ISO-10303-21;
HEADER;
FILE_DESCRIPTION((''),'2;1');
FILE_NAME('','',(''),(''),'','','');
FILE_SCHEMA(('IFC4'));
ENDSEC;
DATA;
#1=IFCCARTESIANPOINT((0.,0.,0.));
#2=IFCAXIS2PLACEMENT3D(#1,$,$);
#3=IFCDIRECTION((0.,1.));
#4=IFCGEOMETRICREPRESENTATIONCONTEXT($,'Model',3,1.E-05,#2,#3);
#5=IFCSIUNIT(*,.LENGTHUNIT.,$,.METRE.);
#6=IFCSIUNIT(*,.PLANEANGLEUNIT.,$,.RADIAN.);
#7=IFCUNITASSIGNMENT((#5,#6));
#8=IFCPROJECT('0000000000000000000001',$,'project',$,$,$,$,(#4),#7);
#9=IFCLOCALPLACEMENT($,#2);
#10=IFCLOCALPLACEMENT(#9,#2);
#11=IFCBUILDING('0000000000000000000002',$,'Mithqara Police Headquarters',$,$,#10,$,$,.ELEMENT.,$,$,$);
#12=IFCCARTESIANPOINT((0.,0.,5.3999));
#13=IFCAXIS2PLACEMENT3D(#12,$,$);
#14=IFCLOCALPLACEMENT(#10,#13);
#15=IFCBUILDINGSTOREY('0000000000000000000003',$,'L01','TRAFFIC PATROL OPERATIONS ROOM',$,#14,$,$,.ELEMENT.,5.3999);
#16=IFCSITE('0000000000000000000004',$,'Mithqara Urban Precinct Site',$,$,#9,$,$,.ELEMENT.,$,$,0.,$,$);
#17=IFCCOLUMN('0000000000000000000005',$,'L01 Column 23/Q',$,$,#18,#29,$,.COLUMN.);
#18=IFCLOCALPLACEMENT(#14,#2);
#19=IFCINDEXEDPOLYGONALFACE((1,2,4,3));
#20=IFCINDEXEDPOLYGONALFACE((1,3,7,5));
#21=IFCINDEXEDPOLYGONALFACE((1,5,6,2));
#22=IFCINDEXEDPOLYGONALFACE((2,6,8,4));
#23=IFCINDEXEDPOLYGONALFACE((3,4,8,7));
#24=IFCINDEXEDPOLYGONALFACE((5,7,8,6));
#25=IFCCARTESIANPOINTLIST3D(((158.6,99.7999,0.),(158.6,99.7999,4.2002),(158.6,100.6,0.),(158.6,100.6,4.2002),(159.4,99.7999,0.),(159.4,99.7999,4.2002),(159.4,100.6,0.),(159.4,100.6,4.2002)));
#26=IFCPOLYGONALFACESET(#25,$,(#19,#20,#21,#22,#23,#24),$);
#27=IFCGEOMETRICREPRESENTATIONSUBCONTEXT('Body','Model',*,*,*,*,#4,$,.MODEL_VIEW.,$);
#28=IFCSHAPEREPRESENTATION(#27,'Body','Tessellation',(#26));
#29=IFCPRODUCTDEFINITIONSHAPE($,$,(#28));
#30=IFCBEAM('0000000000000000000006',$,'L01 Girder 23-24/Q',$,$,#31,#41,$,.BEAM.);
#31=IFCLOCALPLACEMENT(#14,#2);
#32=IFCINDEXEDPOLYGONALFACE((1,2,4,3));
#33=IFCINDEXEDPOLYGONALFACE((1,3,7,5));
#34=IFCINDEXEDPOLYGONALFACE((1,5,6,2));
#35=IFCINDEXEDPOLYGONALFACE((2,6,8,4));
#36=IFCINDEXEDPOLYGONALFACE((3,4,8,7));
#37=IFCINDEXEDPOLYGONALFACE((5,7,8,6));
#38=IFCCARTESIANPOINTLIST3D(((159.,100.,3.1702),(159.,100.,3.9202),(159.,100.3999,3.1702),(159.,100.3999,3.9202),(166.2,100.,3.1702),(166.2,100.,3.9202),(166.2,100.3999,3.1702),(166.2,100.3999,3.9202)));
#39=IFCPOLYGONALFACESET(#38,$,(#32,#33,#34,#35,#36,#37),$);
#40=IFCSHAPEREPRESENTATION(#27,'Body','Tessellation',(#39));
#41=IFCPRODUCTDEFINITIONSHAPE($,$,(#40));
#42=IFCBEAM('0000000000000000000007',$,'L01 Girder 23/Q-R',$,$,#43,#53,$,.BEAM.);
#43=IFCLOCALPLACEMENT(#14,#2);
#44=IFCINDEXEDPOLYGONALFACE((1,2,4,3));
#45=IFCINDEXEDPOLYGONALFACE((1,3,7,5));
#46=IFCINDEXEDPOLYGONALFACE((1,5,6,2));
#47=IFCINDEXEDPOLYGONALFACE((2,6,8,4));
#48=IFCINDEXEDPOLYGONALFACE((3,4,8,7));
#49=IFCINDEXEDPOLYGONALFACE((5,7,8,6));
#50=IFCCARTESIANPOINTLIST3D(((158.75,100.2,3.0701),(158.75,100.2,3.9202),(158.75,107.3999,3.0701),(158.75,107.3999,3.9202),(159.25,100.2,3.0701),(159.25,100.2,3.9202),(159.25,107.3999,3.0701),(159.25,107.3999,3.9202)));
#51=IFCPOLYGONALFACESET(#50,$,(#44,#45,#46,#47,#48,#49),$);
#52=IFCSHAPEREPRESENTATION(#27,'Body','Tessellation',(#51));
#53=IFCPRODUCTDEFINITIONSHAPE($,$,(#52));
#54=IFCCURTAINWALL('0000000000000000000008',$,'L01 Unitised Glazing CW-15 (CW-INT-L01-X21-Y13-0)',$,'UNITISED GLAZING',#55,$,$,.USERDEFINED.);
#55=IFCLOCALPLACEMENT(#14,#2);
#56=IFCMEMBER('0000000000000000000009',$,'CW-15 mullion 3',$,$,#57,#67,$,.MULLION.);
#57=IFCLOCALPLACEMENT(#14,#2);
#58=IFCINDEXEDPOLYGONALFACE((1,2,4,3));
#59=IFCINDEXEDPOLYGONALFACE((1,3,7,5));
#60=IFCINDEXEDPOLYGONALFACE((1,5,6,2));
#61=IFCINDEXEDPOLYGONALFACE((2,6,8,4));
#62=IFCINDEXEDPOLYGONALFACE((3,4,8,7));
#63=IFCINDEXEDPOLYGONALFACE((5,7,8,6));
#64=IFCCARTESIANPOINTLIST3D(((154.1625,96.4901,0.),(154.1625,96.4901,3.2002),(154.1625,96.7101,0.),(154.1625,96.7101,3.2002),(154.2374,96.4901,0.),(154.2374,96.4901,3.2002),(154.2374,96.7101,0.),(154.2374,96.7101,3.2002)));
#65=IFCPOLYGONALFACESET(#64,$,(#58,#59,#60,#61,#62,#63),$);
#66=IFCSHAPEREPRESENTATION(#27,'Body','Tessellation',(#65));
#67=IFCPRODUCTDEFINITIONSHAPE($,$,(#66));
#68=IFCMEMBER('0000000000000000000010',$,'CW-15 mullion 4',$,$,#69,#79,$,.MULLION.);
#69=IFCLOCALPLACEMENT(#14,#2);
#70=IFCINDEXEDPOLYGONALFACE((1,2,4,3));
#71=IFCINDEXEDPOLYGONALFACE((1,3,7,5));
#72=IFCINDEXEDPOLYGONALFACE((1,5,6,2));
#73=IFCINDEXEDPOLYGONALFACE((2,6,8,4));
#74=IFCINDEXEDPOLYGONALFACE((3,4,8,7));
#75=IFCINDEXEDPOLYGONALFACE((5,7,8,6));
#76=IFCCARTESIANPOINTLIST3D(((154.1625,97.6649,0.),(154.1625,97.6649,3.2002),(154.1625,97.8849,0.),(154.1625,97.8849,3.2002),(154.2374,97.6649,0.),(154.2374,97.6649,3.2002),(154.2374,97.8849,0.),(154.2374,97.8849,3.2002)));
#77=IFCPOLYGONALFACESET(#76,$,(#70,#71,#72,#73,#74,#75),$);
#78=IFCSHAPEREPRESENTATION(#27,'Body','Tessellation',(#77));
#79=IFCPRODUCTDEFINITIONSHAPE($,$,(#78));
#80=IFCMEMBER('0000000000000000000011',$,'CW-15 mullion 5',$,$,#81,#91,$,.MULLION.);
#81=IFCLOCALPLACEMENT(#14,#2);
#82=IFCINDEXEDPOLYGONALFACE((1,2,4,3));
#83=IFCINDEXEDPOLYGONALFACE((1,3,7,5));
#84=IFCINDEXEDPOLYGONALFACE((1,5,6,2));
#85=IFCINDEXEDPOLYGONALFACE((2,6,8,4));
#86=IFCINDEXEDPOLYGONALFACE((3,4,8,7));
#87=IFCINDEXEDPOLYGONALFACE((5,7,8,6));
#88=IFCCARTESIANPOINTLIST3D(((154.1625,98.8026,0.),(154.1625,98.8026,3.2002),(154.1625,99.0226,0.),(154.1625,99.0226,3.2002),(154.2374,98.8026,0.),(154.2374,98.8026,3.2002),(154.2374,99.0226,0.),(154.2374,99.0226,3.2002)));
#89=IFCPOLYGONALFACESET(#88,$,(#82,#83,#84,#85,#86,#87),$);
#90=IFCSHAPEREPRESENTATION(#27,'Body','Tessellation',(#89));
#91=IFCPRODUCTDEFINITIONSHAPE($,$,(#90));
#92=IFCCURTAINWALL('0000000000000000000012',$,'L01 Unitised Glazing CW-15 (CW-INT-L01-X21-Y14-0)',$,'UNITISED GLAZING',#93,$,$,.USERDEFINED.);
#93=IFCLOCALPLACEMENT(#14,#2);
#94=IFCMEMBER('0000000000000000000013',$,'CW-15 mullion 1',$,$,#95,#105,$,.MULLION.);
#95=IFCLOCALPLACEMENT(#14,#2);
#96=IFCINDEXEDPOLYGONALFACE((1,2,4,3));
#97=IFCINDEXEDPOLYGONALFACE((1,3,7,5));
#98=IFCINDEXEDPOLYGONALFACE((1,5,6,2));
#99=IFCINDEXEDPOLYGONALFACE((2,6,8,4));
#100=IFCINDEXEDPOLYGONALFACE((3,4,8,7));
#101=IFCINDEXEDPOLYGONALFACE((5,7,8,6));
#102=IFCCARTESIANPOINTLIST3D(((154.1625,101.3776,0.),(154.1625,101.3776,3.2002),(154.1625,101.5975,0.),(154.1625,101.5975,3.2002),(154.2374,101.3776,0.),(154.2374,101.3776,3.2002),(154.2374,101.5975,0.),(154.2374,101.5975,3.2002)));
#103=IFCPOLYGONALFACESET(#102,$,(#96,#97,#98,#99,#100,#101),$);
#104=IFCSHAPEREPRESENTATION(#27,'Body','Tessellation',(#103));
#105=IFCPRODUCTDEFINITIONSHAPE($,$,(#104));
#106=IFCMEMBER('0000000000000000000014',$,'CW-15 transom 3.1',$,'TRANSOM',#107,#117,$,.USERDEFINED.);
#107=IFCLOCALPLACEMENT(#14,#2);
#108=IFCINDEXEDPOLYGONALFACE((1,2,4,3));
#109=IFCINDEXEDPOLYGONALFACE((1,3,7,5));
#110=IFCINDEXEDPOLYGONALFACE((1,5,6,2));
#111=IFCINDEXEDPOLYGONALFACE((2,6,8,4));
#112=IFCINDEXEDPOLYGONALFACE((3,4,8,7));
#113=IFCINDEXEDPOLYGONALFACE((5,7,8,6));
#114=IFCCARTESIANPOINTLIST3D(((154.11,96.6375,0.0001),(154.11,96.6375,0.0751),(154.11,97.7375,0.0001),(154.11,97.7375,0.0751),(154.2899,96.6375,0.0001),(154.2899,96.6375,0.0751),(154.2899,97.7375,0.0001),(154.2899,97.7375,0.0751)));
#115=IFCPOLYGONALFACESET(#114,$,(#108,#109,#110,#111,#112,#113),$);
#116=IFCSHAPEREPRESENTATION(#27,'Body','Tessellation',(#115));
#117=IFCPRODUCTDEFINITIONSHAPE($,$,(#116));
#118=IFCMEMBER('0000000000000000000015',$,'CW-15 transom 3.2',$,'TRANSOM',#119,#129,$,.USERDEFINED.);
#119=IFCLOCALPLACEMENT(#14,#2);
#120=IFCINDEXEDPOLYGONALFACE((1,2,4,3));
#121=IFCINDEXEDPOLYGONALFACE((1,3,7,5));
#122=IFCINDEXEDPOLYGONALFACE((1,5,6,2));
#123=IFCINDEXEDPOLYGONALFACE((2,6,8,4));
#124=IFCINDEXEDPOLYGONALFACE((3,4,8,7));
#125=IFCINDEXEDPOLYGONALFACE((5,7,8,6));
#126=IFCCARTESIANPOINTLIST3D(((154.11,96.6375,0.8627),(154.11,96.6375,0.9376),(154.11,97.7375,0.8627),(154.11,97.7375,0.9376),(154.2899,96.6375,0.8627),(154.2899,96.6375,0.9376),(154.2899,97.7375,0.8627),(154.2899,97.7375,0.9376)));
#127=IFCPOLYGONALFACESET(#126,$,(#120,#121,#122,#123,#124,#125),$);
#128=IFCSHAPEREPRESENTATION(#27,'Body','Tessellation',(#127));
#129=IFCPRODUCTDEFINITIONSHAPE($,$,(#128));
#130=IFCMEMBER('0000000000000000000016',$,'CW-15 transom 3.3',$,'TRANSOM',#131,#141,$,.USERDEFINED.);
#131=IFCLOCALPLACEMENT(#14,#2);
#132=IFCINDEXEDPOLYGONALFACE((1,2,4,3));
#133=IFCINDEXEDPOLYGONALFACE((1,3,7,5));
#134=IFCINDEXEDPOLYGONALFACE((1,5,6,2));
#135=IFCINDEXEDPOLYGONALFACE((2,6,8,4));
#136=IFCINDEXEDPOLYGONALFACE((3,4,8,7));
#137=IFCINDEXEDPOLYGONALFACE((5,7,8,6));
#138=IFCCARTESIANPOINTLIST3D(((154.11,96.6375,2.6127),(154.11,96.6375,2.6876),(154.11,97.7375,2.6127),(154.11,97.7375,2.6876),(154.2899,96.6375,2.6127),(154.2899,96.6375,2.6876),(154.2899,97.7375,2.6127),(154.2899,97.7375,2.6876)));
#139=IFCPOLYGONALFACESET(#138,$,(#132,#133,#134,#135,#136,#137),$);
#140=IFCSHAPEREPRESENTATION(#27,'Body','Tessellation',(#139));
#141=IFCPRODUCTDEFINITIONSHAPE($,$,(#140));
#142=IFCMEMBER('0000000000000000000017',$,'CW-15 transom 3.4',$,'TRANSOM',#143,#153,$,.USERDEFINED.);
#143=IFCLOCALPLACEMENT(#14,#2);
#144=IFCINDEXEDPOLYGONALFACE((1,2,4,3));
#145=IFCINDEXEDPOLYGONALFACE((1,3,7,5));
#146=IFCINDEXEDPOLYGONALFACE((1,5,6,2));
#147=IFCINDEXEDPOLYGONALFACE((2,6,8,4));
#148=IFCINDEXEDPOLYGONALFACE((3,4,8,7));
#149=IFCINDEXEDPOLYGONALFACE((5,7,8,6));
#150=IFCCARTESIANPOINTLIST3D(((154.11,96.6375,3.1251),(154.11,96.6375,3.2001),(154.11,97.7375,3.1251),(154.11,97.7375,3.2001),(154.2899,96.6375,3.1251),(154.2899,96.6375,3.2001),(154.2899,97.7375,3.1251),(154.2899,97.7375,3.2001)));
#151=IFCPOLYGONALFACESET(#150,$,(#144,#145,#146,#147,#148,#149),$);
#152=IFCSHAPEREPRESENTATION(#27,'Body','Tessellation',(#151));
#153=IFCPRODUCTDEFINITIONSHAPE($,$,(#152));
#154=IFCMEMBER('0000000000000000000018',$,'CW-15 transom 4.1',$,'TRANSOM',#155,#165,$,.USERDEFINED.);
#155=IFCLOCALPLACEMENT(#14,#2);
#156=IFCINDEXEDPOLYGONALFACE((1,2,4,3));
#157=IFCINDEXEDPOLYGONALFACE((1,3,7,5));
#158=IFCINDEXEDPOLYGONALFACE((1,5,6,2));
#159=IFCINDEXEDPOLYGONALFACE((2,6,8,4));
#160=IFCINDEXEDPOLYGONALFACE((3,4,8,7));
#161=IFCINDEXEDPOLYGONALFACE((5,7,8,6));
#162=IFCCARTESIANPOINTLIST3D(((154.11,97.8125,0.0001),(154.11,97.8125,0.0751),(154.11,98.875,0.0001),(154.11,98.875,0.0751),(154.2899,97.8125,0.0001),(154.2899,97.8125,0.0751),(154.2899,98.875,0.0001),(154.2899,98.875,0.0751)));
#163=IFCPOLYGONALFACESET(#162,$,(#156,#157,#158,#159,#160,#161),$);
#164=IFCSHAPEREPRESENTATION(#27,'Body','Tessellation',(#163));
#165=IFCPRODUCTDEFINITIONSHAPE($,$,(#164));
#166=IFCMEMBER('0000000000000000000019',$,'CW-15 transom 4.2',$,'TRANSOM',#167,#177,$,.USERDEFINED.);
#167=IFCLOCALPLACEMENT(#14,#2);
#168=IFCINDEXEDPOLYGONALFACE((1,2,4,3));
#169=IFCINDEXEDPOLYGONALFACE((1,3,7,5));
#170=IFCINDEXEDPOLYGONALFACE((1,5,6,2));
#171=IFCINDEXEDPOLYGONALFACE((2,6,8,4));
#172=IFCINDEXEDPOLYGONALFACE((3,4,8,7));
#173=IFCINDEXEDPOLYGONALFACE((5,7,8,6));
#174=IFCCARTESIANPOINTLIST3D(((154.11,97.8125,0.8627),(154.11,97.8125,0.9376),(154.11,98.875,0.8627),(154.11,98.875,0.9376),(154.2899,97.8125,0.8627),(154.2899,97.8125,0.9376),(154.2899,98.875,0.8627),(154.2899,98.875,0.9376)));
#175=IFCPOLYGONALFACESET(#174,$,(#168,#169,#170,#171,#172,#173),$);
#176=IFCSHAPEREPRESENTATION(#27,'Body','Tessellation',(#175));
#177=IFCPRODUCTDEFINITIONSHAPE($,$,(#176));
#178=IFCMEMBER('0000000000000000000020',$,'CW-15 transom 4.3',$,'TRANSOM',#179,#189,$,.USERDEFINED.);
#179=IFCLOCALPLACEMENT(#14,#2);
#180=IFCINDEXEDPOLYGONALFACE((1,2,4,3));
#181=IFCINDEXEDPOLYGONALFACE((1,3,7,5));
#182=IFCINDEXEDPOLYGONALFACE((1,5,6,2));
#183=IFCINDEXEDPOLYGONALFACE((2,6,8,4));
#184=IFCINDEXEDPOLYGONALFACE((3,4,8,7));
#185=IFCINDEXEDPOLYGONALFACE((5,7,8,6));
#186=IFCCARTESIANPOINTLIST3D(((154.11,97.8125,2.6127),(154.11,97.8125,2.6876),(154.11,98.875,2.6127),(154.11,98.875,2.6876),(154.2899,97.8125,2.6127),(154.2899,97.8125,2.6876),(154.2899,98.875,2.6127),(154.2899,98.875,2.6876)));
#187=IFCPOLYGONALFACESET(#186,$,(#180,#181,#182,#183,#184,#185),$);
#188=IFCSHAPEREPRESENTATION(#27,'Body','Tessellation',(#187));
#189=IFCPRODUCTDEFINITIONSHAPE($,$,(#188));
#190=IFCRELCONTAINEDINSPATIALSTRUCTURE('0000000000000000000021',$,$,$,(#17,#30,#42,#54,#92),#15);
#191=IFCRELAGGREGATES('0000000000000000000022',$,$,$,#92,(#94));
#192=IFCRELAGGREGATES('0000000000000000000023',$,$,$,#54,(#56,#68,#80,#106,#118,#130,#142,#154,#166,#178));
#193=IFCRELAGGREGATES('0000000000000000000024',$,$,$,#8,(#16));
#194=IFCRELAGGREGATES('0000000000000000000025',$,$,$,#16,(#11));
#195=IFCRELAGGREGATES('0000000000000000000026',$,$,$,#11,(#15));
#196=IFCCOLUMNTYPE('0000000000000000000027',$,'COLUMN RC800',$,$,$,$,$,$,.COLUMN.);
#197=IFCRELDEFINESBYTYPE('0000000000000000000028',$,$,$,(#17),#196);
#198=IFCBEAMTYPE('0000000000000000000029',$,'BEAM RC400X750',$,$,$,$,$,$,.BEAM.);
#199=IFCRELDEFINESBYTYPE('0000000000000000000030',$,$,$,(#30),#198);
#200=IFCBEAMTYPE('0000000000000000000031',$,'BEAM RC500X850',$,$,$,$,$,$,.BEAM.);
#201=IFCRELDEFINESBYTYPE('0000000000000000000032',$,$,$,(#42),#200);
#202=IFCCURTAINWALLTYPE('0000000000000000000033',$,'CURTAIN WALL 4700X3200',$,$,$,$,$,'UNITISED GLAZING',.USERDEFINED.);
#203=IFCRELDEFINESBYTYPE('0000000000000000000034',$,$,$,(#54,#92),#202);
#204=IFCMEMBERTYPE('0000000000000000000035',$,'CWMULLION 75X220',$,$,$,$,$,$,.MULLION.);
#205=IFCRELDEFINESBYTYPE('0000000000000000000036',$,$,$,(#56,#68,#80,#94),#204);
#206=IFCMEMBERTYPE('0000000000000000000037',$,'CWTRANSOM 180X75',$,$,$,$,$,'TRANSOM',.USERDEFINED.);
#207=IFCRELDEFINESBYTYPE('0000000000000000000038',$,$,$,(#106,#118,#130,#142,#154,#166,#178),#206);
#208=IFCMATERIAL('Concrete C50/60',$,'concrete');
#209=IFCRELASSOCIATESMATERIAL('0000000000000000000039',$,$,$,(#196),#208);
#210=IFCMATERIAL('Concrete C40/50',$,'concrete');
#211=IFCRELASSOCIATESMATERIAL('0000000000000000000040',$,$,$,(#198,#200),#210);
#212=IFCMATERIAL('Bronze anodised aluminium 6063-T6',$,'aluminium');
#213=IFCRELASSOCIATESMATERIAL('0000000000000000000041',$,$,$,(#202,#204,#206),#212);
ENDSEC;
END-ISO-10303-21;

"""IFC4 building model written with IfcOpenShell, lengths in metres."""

from ifc_helpers import new_model, si_unit, direction, frame, origin, origin_2d, place, context, subcontext, project, spatial, rectangle, extrude, material, material_profile, profile_set, type_object, element, aggregate, save


model = new_model("IFC4")

# Units and contexts
model_context = context("Model", 3, precision=1e-05, world=origin(), true_north=direction((0.0, 1.0)))
body_context = subcontext(model_context, "Body", "Model", "MODEL_VIEW")
ifc_project = project(units=[si_unit("LENGTHUNIT", "METRE"), si_unit("PLANEANGLEUNIT", "RADIAN")], contexts=[model_context])

# Site, building, storey
site_placement = place(None, origin())
site = spatial("IfcSite", under=ifc_project, at=site_placement, Name="Mithqara Urban Precinct Site", CompositionType="ELEMENT", RefElevation=0.0)
building_placement = place(site_placement, origin())
building = spatial("IfcBuilding", under=site, at=building_placement, Name="Mithqara Police Headquarters", CompositionType="ELEMENT")
storey_placement = place(building_placement, frame((0.0, 0.0, 5.3999)))
storey = spatial("IfcBuildingStorey", under=building, at=storey_placement, Name="L01", Description="TRAFFIC PATROL OPERATIONS ROOM", CompositionType="ELEMENT", Elevation=5.3999)

# Column
ifc_material_1 = material(Name="Concrete C50/60", Category="concrete")
ifc_material_profile_1 = material_profile(ifc_material_1, rectangle(XDim=0.8, YDim=0.8, at=origin_2d()), Name="RC 800x800")
ifc_profile_set_1 = profile_set([ifc_material_profile_1], Name="Concrete C50/60")
column_type = type_object("IfcColumnType", Name="COLUMN RC800", PredefinedType="COLUMN", material=ifc_profile_set_1)
column_placement = place(storey_placement, frame((159.0, 100.2, 0.0), z_axis=(0.0, 0.0, 1.0), x_axis=(1.0, 0.0, 0.0)))
element("IfcColumn", 1, at=column_placement, inside=storey, type_object=column_type, Name="L01 Column 23/Q", PredefinedType="COLUMN", context=body_context, shape_type="SweptSolid", body=[
    extrude(rectangle(XDim=0.8, YDim=0.8, at=origin_2d()), origin(), (0.0, 0.0, 1.0), 4.2002),
])

# Beams
ifc_material_2 = material(Name="Concrete C40/50", Category="concrete")
ifc_material_profile_2 = material_profile(ifc_material_2, rectangle(XDim=0.3999, YDim=0.75, at=origin_2d()), Name="RC 400x750")
ifc_profile_set_2 = profile_set([ifc_material_profile_2], Name="Concrete C40/50")
beam_type_1 = type_object("IfcBeamType", Name="BEAM RC400X750", PredefinedType="BEAM", material=ifc_profile_set_2)
beam_1_placement = place(storey_placement, frame((159.0, 100.2, 3.5452), z_axis=(1.0, 0.0, 0.0), x_axis=(0.0, 1.0, 0.0)))
element("IfcBeam", 2, at=beam_1_placement, inside=storey, type_object=beam_type_1, Name="L01 Girder 23-24/Q", PredefinedType="BEAM", context=body_context, shape_type="SweptSolid", body=[
    extrude(rectangle(XDim=0.3999, YDim=0.75, at=origin_2d()), origin(), (0.0, 0.0, 1.0), 7.2),
])
ifc_material_profile_3 = material_profile(ifc_material_2, rectangle(XDim=0.5, YDim=0.8501, at=origin_2d()), Name="RC 500x850")
ifc_profile_set_3 = profile_set([ifc_material_profile_3], Name="Concrete C40/50")
beam_type_2 = type_object("IfcBeamType", Name="BEAM RC500X850", PredefinedType="BEAM", material=ifc_profile_set_3)
beam_2_placement = place(storey_placement, frame((159.0, 100.2, 3.4951), z_axis=(0.0, 1.0, 0.0), x_axis=(-1.0, 0.0, 0.0)))
element("IfcBeam", 3, at=beam_2_placement, inside=storey, type_object=beam_type_2, Name="L01 Girder 23/Q-R", PredefinedType="BEAM", context=body_context, shape_type="SweptSolid", body=[
    extrude(rectangle(XDim=0.5, YDim=0.8501, at=origin_2d()), origin(), (0.0, 0.0, 1.0), 7.2),
])

# Curtain wall, members
ifc_material_3 = material(Name="Bronze anodised aluminium 6063-T6", Category="aluminium")
curtain_wall_type = type_object("IfcCurtainWallType", Name="CURTAIN WALL 4700X3200", ElementType="UNITISED GLAZING", PredefinedType="USERDEFINED", material=ifc_material_3)
curtain_wall_1_placement = place(storey_placement, origin())
curtain_wall_1 = element("IfcCurtainWall", 4, at=curtain_wall_1_placement, inside=storey, type_object=curtain_wall_type, Name="L01 Unitised Glazing CW-15 (CW-INT-L01-X21-Y13-0)", ObjectType="UNITISED GLAZING", PredefinedType="USERDEFINED")
ifc_material_profile_4 = material_profile(ifc_material_3, rectangle(XDim=0.075, YDim=0.22, at=origin_2d()), Name="CWM 75x220")
ifc_profile_set_4 = profile_set([ifc_material_profile_4], Name="Bronze anodised aluminium 6063-T6")
member_type_1 = type_object("IfcMemberType", Name="CWMULLION 75X220", PredefinedType="MULLION", material=ifc_profile_set_4)
member_1_placement = place(storey_placement, frame((154.2, 96.6001, 0.0), z_axis=(0.0, 0.0, 1.0), x_axis=(-1.0, 0.0, 0.0)))
member_1 = element("IfcMember", 5, at=member_1_placement, type_object=member_type_1, Name="CW-15 mullion 3", PredefinedType="MULLION", context=body_context, shape_type="SweptSolid", body=[
    extrude(rectangle(XDim=0.075, YDim=0.22, at=origin_2d()), origin(), (0.0, 0.0, 1.0), 3.2002),
])
member_2_placement = place(storey_placement, frame((154.2, 97.7749, 0.0), z_axis=(0.0, 0.0, 1.0), x_axis=(-1.0, 0.0, 0.0)))
member_2 = element("IfcMember", 6, at=member_2_placement, type_object=member_type_1, Name="CW-15 mullion 4", PredefinedType="MULLION", context=body_context, shape_type="SweptSolid", body=[
    extrude(rectangle(XDim=0.075, YDim=0.22, at=origin_2d()), origin(), (0.0, 0.0, 1.0), 3.2002),
])
member_3_placement = place(storey_placement, frame((154.2, 98.9126, 0.0), z_axis=(0.0, 0.0, 1.0), x_axis=(-1.0, 0.0, 0.0)))
member_3 = element("IfcMember", 7, at=member_3_placement, type_object=member_type_1, Name="CW-15 mullion 5", PredefinedType="MULLION", context=body_context, shape_type="SweptSolid", body=[
    extrude(rectangle(XDim=0.075, YDim=0.22, at=origin_2d()), origin(), (0.0, 0.0, 1.0), 3.2002),
])

# Curtain wall, member
curtain_wall_2_placement = place(storey_placement, origin())
curtain_wall_2 = element("IfcCurtainWall", 8, at=curtain_wall_2_placement, inside=storey, type_object=curtain_wall_type, Name="L01 Unitised Glazing CW-15 (CW-INT-L01-X21-Y14-0)", ObjectType="UNITISED GLAZING", PredefinedType="USERDEFINED")
member_4_placement = place(storey_placement, frame((154.2, 101.4875, 0.0), z_axis=(0.0, 0.0, 1.0), x_axis=(-1.0, 0.0, 0.0)))
member_4 = element("IfcMember", 9, at=member_4_placement, type_object=member_type_1, Name="CW-15 mullion 1", PredefinedType="MULLION", context=body_context, shape_type="SweptSolid", body=[
    extrude(rectangle(XDim=0.075, YDim=0.22, at=origin_2d()), origin(), (0.0, 0.0, 1.0), 3.2002),
])

# Members
ifc_material_profile_5 = material_profile(ifc_material_3, rectangle(XDim=0.1799, YDim=0.075, at=origin_2d()), Name="CWT 180x75")
ifc_profile_set_5 = profile_set([ifc_material_profile_5], Name="Bronze anodised aluminium 6063-T6")
member_type_2 = type_object("IfcMemberType", Name="CWTRANSOM 180X75", ElementType="TRANSOM", PredefinedType="USERDEFINED", material=ifc_profile_set_5)
member_5_placement = place(storey_placement, frame((154.2, 96.6375, 0.0376), z_axis=(0.0, 1.0, 0.0), x_axis=(-1.0, 0.0, 0.0)))
member_5 = element("IfcMember", 10, at=member_5_placement, type_object=member_type_2, Name="CW-15 transom 3.1", ObjectType="TRANSOM", PredefinedType="USERDEFINED", context=body_context, shape_type="SweptSolid", body=[
    extrude(rectangle(XDim=0.1799, YDim=0.075, at=origin_2d()), origin(), (0.0, 0.0, 1.0), 1.1001),
])
member_6_placement = place(storey_placement, frame((154.2, 96.6375, 0.9001), z_axis=(0.0, 1.0, 0.0), x_axis=(-1.0, 0.0, 0.0)))
member_6 = element("IfcMember", 11, at=member_6_placement, type_object=member_type_2, Name="CW-15 transom 3.2", ObjectType="TRANSOM", PredefinedType="USERDEFINED", context=body_context, shape_type="SweptSolid", body=[
    extrude(rectangle(XDim=0.1799, YDim=0.075, at=origin_2d()), origin(), (0.0, 0.0, 1.0), 1.1001),
])
member_7_placement = place(storey_placement, frame((154.2, 96.6375, 2.6501), z_axis=(0.0, 1.0, 0.0), x_axis=(-1.0, 0.0, 0.0)))
member_7 = element("IfcMember", 12, at=member_7_placement, type_object=member_type_2, Name="CW-15 transom 3.3", ObjectType="TRANSOM", PredefinedType="USERDEFINED", context=body_context, shape_type="SweptSolid", body=[
    extrude(rectangle(XDim=0.1799, YDim=0.075, at=origin_2d()), origin(), (0.0, 0.0, 1.0), 1.1001),
])
member_8_placement = place(storey_placement, frame((154.2, 96.6375, 3.1626), z_axis=(0.0, 1.0, 0.0), x_axis=(-1.0, 0.0, 0.0)))
member_8 = element("IfcMember", 13, at=member_8_placement, type_object=member_type_2, Name="CW-15 transom 3.4", ObjectType="TRANSOM", PredefinedType="USERDEFINED", context=body_context, shape_type="SweptSolid", body=[
    extrude(rectangle(XDim=0.1799, YDim=0.075, at=origin_2d()), origin(), (0.0, 0.0, 1.0), 1.1001),
])
member_9_placement = place(storey_placement, frame((154.2, 97.8125, 0.0376), z_axis=(0.0, 1.0, 0.0), x_axis=(-1.0, 0.0, 0.0)))
member_9 = element("IfcMember", 14, at=member_9_placement, type_object=member_type_2, Name="CW-15 transom 4.1", ObjectType="TRANSOM", PredefinedType="USERDEFINED", context=body_context, shape_type="SweptSolid", body=[
    extrude(rectangle(XDim=0.1799, YDim=0.075, at=origin_2d()), origin(), (0.0, 0.0, 1.0), 1.0625),
])
member_10_placement = place(storey_placement, frame((154.2, 97.8125, 0.9001), z_axis=(0.0, 1.0, 0.0), x_axis=(-1.0, 0.0, 0.0)))
member_10 = element("IfcMember", 15, at=member_10_placement, type_object=member_type_2, Name="CW-15 transom 4.2", ObjectType="TRANSOM", PredefinedType="USERDEFINED", context=body_context, shape_type="SweptSolid", body=[
    extrude(rectangle(XDim=0.1799, YDim=0.075, at=origin_2d()), origin(), (0.0, 0.0, 1.0), 1.0625),
])
member_11_placement = place(storey_placement, frame((154.2, 97.8125, 2.6501), z_axis=(0.0, 1.0, 0.0), x_axis=(-1.0, 0.0, 0.0)))
member_11 = element("IfcMember", 16, at=member_11_placement, type_object=member_type_2, Name="CW-15 transom 4.3", ObjectType="TRANSOM", PredefinedType="USERDEFINED", context=body_context, shape_type="SweptSolid", body=[
    extrude(rectangle(XDim=0.1799, YDim=0.075, at=origin_2d()), origin(), (0.0, 0.0, 1.0), 1.0625),
])
aggregate(curtain_wall_2, [member_4])

aggregate(curtain_wall_1, [member_1, member_2, member_3, member_5, member_6, member_7, member_8, member_9, member_10, member_11])

save(model, "model.ifc")
